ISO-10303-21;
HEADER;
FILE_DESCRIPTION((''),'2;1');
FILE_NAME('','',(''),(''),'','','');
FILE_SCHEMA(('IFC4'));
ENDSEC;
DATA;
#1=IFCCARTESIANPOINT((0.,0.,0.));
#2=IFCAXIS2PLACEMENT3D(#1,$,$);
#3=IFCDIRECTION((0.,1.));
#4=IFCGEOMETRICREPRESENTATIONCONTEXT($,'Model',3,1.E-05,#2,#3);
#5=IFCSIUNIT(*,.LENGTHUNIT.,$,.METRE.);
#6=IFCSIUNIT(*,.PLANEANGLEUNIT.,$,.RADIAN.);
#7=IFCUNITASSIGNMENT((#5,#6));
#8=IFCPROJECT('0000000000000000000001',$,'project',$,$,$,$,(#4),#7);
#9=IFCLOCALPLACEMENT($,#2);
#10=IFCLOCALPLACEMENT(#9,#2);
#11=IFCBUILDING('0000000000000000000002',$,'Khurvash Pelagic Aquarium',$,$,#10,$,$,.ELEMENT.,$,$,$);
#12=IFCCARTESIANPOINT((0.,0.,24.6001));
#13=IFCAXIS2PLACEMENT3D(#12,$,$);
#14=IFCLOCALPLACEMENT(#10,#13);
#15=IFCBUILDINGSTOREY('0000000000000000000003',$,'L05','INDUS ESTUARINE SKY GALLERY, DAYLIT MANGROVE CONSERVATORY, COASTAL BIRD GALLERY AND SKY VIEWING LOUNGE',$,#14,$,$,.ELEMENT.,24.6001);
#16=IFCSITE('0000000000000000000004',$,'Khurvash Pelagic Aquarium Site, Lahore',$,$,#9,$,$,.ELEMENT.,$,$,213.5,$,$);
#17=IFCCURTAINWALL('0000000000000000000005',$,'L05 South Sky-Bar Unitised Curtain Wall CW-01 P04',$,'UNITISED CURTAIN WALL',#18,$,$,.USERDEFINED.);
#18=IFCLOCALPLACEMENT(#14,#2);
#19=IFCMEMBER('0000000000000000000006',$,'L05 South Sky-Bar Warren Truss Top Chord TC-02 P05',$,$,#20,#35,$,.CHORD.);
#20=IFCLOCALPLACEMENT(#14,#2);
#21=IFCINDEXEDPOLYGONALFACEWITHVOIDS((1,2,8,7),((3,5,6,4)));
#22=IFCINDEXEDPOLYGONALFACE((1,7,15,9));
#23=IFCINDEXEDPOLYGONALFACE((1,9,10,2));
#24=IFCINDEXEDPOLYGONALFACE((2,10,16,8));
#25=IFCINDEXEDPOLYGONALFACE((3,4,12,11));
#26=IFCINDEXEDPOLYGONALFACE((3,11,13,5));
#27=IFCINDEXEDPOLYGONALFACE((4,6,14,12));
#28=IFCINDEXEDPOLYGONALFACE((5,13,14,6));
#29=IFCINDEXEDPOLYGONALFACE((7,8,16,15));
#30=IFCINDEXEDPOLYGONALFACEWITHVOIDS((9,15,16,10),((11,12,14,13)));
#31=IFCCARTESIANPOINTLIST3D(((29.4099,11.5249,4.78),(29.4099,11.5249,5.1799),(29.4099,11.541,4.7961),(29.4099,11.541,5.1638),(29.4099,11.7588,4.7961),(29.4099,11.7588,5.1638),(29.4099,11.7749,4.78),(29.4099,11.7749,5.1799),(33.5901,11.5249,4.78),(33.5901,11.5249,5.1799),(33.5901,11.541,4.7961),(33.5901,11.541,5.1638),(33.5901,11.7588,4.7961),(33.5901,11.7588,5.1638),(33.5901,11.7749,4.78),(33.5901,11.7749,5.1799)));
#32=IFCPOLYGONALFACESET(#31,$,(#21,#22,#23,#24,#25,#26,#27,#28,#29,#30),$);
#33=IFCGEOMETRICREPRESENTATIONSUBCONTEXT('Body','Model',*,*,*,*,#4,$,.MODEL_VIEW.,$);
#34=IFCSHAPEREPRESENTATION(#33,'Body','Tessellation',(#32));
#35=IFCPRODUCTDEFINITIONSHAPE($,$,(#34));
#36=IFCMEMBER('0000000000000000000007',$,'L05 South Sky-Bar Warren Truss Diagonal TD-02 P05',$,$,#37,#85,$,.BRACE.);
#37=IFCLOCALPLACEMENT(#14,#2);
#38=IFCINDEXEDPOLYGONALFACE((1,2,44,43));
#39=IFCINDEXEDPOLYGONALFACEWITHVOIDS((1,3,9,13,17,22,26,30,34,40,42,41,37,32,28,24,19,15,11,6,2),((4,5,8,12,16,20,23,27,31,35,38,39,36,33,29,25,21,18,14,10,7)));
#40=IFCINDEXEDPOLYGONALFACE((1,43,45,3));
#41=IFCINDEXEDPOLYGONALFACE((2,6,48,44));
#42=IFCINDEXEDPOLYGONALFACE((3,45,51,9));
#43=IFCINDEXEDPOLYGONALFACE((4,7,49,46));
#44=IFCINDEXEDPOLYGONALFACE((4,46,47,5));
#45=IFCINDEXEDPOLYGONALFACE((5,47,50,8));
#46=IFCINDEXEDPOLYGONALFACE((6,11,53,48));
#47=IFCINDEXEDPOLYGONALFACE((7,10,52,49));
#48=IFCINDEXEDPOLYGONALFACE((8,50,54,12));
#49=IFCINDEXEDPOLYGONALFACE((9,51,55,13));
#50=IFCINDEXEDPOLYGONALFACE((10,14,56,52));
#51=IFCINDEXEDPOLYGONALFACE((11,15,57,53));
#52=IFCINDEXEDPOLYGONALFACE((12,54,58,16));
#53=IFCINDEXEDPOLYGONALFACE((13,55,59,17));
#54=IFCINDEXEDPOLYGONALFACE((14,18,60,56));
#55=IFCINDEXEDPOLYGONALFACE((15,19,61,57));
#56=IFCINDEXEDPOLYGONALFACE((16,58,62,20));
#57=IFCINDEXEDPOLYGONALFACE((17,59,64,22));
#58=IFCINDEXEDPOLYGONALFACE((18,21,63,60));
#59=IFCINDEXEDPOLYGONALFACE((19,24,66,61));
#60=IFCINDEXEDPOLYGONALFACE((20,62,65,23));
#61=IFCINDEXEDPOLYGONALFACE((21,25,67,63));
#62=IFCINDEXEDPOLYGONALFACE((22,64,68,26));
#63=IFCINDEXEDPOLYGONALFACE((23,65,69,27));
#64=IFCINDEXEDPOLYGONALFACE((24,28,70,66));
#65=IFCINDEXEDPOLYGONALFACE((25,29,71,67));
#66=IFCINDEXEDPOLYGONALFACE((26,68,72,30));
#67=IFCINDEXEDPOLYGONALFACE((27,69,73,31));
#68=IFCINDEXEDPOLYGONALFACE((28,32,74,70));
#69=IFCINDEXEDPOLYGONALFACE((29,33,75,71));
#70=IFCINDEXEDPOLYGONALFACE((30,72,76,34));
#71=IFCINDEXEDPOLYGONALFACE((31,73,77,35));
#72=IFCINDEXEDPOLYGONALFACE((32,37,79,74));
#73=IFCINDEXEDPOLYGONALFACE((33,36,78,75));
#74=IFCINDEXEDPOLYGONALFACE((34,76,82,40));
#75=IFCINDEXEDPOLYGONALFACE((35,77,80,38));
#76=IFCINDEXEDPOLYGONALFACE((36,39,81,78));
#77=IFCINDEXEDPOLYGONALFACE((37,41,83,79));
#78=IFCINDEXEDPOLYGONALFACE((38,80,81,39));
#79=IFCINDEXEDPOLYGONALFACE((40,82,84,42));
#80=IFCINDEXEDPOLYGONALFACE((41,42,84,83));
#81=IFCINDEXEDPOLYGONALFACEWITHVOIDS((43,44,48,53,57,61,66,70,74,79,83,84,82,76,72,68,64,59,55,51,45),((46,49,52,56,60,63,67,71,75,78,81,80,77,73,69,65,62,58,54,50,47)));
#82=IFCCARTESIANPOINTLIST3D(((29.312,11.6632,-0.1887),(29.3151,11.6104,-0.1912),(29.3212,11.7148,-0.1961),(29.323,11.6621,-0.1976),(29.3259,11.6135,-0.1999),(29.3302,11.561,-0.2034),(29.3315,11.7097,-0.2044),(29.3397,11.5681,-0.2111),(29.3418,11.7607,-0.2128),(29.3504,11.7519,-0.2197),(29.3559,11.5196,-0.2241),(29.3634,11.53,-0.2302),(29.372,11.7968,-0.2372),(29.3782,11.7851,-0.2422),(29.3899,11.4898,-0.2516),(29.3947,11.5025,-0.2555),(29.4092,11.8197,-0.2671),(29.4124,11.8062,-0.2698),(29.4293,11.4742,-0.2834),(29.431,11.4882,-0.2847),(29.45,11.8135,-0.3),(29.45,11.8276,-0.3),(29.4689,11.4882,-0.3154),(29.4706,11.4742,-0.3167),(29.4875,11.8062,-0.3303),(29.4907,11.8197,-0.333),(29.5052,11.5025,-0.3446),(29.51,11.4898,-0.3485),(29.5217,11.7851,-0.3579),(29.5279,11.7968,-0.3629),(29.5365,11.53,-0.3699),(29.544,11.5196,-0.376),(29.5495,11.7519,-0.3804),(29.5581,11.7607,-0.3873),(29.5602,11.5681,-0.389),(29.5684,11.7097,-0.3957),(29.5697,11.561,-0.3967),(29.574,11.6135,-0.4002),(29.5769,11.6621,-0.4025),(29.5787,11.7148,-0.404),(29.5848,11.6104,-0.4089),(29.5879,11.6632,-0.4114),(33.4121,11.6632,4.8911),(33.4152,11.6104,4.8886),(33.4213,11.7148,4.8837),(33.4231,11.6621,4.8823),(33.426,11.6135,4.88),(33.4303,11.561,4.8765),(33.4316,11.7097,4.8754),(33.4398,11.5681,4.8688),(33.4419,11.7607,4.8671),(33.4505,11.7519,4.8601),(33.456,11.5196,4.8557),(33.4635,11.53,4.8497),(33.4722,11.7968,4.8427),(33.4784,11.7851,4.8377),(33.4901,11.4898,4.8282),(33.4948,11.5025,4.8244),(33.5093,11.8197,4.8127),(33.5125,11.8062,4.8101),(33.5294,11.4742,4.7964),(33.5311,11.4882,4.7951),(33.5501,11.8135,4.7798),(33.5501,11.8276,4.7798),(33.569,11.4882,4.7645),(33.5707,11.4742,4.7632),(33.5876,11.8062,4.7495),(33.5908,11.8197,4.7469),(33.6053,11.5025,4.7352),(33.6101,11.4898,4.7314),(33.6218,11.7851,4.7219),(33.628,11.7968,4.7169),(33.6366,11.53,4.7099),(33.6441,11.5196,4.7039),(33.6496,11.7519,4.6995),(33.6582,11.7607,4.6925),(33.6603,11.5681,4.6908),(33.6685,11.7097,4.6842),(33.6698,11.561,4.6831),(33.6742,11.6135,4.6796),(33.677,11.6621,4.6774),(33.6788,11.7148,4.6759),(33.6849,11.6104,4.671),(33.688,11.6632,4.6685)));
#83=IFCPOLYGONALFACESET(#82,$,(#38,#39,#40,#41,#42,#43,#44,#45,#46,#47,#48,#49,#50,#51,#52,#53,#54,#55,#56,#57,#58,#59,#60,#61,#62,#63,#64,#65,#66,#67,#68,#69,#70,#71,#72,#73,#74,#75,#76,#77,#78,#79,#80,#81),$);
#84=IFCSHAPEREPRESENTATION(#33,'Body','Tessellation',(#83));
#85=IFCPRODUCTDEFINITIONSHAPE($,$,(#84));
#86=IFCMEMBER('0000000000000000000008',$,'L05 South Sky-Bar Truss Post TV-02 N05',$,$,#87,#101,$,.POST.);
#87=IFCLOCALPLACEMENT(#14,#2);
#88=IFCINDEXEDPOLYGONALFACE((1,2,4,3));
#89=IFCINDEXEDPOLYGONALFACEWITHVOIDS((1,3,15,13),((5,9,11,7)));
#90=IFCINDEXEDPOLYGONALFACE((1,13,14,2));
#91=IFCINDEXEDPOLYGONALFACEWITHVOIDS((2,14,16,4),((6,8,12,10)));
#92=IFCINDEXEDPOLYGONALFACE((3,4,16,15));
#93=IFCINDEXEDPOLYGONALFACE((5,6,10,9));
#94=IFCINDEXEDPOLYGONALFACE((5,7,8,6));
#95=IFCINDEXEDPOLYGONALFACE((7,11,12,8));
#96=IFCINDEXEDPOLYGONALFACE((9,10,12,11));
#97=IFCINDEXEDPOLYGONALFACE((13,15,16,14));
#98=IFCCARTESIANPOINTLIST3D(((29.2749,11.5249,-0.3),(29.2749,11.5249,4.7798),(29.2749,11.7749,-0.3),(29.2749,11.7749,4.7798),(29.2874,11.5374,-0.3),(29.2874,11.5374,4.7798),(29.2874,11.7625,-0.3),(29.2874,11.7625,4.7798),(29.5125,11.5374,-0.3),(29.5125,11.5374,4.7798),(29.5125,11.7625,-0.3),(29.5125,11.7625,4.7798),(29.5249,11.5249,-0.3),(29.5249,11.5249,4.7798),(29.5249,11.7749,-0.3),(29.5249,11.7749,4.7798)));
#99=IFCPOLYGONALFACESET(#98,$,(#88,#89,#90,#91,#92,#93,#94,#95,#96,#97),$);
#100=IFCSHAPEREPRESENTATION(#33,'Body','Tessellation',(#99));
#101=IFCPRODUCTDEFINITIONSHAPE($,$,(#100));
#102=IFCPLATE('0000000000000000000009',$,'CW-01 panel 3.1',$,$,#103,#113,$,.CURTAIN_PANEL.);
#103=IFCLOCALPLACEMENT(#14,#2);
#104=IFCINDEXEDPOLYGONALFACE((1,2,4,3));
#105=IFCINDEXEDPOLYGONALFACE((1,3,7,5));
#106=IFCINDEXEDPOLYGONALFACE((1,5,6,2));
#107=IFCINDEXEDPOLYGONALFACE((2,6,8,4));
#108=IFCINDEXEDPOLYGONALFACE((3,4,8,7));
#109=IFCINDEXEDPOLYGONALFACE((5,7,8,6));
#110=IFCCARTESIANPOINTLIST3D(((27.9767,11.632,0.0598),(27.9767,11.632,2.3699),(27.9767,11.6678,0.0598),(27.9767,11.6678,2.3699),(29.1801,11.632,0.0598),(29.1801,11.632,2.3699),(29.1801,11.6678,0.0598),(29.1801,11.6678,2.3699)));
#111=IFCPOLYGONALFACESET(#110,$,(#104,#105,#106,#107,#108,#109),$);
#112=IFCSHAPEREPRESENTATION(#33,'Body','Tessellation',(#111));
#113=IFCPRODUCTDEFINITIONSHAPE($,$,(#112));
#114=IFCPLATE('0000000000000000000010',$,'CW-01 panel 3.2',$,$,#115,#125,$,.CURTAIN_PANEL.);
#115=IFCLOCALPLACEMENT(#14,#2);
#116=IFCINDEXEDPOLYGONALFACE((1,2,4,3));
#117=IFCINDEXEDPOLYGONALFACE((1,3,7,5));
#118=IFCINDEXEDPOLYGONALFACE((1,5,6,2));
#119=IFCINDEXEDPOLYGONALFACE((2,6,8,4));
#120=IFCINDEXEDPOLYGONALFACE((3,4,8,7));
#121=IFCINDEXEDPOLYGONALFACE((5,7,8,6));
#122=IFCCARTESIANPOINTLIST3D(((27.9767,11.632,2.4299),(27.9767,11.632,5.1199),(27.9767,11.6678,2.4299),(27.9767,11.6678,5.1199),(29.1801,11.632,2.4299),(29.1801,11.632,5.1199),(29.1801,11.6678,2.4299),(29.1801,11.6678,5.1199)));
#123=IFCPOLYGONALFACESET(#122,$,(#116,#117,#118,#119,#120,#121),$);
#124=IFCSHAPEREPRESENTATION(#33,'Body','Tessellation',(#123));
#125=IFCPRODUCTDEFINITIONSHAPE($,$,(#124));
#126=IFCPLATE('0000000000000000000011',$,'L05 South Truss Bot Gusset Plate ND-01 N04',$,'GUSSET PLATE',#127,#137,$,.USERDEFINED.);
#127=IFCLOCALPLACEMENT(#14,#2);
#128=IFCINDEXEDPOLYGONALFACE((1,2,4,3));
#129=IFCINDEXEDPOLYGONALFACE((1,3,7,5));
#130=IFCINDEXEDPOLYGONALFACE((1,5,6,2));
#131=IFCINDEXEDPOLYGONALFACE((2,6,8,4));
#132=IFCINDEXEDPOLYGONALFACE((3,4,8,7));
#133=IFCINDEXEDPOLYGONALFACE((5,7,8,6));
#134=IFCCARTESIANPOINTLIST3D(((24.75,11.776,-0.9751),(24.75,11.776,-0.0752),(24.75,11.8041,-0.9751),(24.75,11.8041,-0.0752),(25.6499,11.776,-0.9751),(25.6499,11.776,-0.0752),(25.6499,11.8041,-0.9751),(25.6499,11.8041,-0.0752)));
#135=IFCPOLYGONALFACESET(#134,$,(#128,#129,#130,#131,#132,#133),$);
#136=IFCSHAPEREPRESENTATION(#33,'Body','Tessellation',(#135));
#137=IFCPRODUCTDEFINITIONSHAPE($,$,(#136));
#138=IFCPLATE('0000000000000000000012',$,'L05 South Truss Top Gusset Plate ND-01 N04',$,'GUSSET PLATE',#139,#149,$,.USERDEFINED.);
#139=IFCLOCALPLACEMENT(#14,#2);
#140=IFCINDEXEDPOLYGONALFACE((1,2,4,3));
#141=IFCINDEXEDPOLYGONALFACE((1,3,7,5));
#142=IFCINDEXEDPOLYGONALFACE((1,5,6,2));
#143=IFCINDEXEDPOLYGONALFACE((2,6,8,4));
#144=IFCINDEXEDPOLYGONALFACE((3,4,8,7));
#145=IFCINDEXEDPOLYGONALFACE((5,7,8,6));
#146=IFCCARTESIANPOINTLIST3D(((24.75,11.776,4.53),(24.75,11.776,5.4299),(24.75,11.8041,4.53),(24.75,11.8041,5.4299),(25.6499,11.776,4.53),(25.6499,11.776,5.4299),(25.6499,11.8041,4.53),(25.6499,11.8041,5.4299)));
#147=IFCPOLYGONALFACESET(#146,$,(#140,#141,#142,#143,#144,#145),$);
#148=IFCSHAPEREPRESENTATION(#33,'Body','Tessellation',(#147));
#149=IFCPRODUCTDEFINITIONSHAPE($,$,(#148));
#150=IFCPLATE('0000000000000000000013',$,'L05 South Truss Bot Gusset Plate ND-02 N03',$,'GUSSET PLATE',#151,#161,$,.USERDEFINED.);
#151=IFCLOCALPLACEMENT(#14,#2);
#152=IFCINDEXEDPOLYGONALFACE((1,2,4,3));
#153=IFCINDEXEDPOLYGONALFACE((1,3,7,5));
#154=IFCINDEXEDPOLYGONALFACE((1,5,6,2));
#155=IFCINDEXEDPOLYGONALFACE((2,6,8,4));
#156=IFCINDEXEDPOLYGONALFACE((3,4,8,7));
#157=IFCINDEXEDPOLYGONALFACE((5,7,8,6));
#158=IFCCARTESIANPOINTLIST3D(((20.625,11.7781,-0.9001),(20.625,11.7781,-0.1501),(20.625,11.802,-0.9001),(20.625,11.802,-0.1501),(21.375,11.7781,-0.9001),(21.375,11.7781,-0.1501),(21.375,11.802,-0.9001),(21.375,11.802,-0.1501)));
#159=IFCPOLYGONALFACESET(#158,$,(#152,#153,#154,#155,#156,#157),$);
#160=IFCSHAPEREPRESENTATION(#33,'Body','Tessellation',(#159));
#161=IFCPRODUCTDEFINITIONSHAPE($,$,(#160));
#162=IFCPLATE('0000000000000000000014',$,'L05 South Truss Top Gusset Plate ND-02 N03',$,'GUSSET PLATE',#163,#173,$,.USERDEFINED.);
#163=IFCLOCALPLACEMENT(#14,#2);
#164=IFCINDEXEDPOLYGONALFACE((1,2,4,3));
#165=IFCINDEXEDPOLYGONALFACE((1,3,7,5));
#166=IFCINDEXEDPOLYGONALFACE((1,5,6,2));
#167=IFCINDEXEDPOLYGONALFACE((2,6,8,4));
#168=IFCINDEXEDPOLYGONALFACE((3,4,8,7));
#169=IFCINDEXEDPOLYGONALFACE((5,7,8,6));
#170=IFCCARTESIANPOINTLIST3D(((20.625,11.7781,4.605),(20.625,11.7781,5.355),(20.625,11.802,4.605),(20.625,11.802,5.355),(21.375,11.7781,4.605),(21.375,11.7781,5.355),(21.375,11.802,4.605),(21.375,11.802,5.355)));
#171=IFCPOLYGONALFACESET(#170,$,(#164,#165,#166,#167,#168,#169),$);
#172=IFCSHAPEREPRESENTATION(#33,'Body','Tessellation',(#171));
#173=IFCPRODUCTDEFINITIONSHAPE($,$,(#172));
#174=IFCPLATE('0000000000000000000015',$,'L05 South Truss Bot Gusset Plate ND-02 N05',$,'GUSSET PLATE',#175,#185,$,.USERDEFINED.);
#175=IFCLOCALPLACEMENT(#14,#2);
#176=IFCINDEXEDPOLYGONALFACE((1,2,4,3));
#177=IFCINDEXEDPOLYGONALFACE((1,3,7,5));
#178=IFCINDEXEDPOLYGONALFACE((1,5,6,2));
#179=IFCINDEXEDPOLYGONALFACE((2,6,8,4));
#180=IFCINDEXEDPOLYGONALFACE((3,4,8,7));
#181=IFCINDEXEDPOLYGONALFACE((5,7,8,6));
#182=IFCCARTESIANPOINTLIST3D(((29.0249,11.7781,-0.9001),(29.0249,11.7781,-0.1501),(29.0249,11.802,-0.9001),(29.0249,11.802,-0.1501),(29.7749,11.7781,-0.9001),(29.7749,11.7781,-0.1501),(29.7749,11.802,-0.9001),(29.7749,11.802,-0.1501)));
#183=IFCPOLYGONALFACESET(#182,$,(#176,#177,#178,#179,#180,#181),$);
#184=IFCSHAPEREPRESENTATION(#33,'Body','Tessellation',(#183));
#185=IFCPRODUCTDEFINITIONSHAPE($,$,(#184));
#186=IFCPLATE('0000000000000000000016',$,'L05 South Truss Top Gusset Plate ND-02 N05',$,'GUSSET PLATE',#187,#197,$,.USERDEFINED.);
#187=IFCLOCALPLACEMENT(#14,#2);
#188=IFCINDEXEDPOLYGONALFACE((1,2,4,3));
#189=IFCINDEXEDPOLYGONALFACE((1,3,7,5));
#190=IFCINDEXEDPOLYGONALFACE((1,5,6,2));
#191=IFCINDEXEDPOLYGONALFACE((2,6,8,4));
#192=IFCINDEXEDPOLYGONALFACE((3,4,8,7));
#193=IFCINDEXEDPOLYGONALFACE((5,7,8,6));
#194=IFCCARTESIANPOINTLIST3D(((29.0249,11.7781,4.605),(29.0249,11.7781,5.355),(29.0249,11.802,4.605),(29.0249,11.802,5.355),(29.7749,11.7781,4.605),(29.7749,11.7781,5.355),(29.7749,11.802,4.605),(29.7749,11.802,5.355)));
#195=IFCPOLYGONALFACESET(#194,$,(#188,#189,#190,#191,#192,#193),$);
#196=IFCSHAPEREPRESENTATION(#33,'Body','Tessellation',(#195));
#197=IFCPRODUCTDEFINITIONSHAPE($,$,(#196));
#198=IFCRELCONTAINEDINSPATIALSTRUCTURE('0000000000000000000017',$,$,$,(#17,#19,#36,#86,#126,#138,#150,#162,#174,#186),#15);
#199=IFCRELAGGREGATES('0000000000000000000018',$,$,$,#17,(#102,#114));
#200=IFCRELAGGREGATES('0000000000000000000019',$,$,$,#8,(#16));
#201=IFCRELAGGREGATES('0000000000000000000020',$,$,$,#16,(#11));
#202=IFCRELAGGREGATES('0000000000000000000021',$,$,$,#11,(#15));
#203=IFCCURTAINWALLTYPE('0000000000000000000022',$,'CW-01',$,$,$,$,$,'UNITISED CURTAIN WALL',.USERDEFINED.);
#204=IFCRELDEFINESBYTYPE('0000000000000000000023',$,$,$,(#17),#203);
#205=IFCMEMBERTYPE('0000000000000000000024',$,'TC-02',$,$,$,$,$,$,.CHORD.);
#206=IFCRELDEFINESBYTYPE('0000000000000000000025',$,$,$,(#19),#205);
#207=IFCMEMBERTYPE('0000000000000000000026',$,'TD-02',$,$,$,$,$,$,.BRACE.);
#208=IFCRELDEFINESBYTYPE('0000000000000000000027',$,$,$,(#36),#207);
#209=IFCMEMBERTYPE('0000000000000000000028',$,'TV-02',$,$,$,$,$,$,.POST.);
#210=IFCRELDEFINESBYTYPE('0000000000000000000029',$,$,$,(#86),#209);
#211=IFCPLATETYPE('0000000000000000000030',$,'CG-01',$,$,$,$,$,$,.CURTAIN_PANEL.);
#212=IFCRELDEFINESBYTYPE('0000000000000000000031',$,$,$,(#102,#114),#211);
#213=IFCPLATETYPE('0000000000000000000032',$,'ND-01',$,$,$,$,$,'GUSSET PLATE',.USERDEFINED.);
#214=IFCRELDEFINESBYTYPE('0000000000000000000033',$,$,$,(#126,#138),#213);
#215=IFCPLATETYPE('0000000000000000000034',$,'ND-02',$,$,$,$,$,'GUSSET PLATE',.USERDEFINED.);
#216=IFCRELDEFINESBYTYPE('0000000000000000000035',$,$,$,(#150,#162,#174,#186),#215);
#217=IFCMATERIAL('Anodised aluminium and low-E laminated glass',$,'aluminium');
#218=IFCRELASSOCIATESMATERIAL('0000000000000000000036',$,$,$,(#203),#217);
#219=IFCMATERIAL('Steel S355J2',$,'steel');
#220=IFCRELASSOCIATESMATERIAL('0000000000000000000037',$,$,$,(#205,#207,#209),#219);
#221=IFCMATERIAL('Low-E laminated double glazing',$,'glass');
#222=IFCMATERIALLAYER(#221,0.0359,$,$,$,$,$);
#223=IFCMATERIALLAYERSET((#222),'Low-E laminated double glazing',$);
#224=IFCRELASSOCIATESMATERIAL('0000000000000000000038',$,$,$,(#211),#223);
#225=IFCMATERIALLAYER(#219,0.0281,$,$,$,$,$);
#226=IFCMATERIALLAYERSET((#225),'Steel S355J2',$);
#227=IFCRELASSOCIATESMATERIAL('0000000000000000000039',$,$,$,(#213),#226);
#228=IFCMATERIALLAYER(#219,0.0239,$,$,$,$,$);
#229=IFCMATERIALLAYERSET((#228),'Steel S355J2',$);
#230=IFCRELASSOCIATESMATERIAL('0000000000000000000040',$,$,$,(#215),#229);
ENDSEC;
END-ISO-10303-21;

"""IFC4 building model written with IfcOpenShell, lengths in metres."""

from ifc_helpers import new_model, si_unit, direction, frame, origin, origin_2d, place, context, subcontext, project, spatial, rectangle, hollow_rectangle, hollow_circle, extrude, material, layer, layer_set, material_profile, profile_set, type_object, element, aggregate, save


model = new_model("IFC4")

# Units and contexts
model_context = context("Model", 3, precision=1e-05, world=origin(), true_north=direction((0.0, 1.0)))
body_context = subcontext(model_context, "Body", "Model", "MODEL_VIEW")
ifc_project = project(units=[si_unit("LENGTHUNIT", "METRE"), si_unit("PLANEANGLEUNIT", "RADIAN")], contexts=[model_context])

# Site, building, storey
site_placement = place(None, origin())
site = spatial("IfcSite", under=ifc_project, at=site_placement, Name="Khurvash Pelagic Aquarium Site, Lahore", CompositionType="ELEMENT", RefElevation=213.5)
building_placement = place(site_placement, origin())
building = spatial("IfcBuilding", under=site, at=building_placement, Name="Khurvash Pelagic Aquarium", CompositionType="ELEMENT")
storey_placement = place(building_placement, frame((0.0, 0.0, 24.6001)))
storey = spatial("IfcBuildingStorey", under=building, at=storey_placement, Name="L05", Description="INDUS ESTUARINE SKY GALLERY, DAYLIT MANGROVE CONSERVATORY, COASTAL BIRD GALLERY AND SKY VIEWING LOUNGE", CompositionType="ELEMENT", Elevation=24.6001)

# Curtain wall
ifc_material_1 = material(Name="Anodised aluminium and low-E laminated glass", Category="aluminium")
curtain_wall_type = type_object("IfcCurtainWallType", Name="CW-01", ElementType="UNITISED CURTAIN WALL", PredefinedType="USERDEFINED", material=ifc_material_1)
curtain_wall_1_placement = place(storey_placement, origin())
curtain_wall_1 = element("IfcCurtainWall", 1, at=curtain_wall_1_placement, inside=storey, type_object=curtain_wall_type, Name="L05 South Sky-Bar Unitised Curtain Wall CW-01 P04", ObjectType="UNITISED CURTAIN WALL", PredefinedType="USERDEFINED")

# Members
ifc_material_2 = material(Name="Steel S355J2", Category="steel")
ifc_material_profile_1 = material_profile(ifc_material_2, hollow_rectangle(XDim=0.25, YDim=0.3999, WallThickness=0.0161, at=origin_2d()), Name="RHS400X250X16")
ifc_profile_set_1 = profile_set([ifc_material_profile_1], Name="Steel S355J2")
member_type_1 = type_object("IfcMemberType", Name="TC-02", PredefinedType="CHORD", material=ifc_profile_set_1)
member_1_placement = place(storey_placement, frame((29.4099, 11.6499, 4.98), z_axis=(1.0, 0.0, 0.0), x_axis=(0.0, 1.0, 0.0)))
element("IfcMember", 2, at=member_1_placement, inside=storey, type_object=member_type_1, Name="L05 South Sky-Bar Warren Truss Top Chord TC-02 P05", PredefinedType="CHORD", context=body_context, shape_type="SweptSolid", body=[
    extrude(hollow_rectangle(XDim=0.25, YDim=0.3999, WallThickness=0.0161, at=origin_2d()), origin(), (0.0, 0.0, 1.0), 4.1802),
])
ifc_material_profile_2 = material_profile(ifc_material_2, hollow_circle(Radius=0.1777, WallThickness=0.0142, at=origin_2d()), Name="CHS355X14")
ifc_profile_set_2 = profile_set([ifc_material_profile_2], Name="Steel S355J2")
member_type_2 = type_object("IfcMemberType", Name="TD-02", PredefinedType="BRACE", material=ifc_profile_set_2)
member_2_placement = place(storey_placement, frame((29.45, 11.6499, -0.3), z_axis=(0.628073, 0.0, 0.778154), x_axis=(0.0, 1.0, 0.0)))
element("IfcMember", 3, at=member_2_placement, inside=storey, type_object=member_type_2, Name="L05 South Sky-Bar Warren Truss Diagonal TD-02 P05", PredefinedType="BRACE", context=body_context, shape_type="SweptSolid", body=[
    extrude(hollow_circle(Radius=0.1777, WallThickness=0.0142, at=origin_2d()), origin(), (0.0, 0.0, 1.0), 6.5281),
])
ifc_material_profile_3 = material_profile(ifc_material_2, hollow_rectangle(XDim=0.25, YDim=0.25, WallThickness=0.0125, at=origin_2d()), Name="SHS250X250X12")
ifc_profile_set_3 = profile_set([ifc_material_profile_3], Name="Steel S355J2")
member_type_3 = type_object("IfcMemberType", Name="TV-02", PredefinedType="POST", material=ifc_profile_set_3)
member_3_placement = place(storey_placement, frame((29.3999, 11.6499, -0.3), z_axis=(0.0, 0.0, 1.0), x_axis=(1.0, 0.0, 0.0)))
element("IfcMember", 4, at=member_3_placement, inside=storey, type_object=member_type_3, Name="L05 South Sky-Bar Truss Post TV-02 N05", PredefinedType="POST", context=body_context, shape_type="SweptSolid", body=[
    extrude(hollow_rectangle(XDim=0.25, YDim=0.25, WallThickness=0.0125, at=origin_2d()), origin(), (0.0, 0.0, 1.0), 5.0798),
])

# Plates
ifc_material_3 = material(Name="Low-E laminated double glazing", Category="glass")
ifc_layer_1 = layer(ifc_material_3, 0.0359)
ifc_layer_set_1 = layer_set([ifc_layer_1], Name="Low-E laminated double glazing")
plate_type_1 = type_object("IfcPlateType", Name="CG-01", PredefinedType="CURTAIN_PANEL", material=ifc_layer_set_1)
plate_1_placement = place(storey_placement, frame((28.5784, 11.6499, 0.0598), z_axis=(0.0, 0.0, 1.0), x_axis=(1.0, 0.0, 0.0)))
plate_1 = element("IfcPlate", 5, at=plate_1_placement, type_object=plate_type_1, Name="CW-01 panel 3.1", PredefinedType="CURTAIN_PANEL", context=body_context, shape_type="SweptSolid", body=[
    extrude(rectangle(XDim=1.2034, YDim=0.0359, at=origin_2d()), origin(), (0.0, 0.0, 1.0), 2.3101),
])
plate_2_placement = place(storey_placement, frame((28.5784, 11.6499, 2.4299), z_axis=(0.0, 0.0, 1.0), x_axis=(1.0, 0.0, 0.0)))
plate_2 = element("IfcPlate", 6, at=plate_2_placement, type_object=plate_type_1, Name="CW-01 panel 3.2", PredefinedType="CURTAIN_PANEL", context=body_context, shape_type="SweptSolid", body=[
    extrude(rectangle(XDim=1.2034, YDim=0.0359, at=origin_2d()), origin(), (0.0, 0.0, 1.0), 2.6899),
])
aggregate(curtain_wall_1, [plate_1, plate_2])

# Plates
ifc_layer_2 = layer(ifc_material_2, 0.0281)
ifc_layer_set_2 = layer_set([ifc_layer_2], Name="Steel S355J2")
plate_type_2 = type_object("IfcPlateType", Name="ND-01", ElementType="GUSSET PLATE", PredefinedType="USERDEFINED", material=ifc_layer_set_2)
for number, where, z_axis, x_axis, name in (
    (7, (25.2, 11.79, -0.9751), (0.0, 0.0, 1.0), (1.0, 0.0, 0.0), "L05 South Truss Bot Gusset Plate ND-01 N04"),
    (8, (25.2, 11.79, 4.53), (0.0, 0.0, 1.0), (1.0, 0.0, 0.0), "L05 South Truss Top Gusset Plate ND-01 N04"),
):
    element("IfcPlate", number, at=place(storey_placement, frame(where, z_axis=z_axis, x_axis=x_axis)), inside=storey, type_object=plate_type_2, Name=name, ObjectType="GUSSET PLATE", PredefinedType="USERDEFINED", context=body_context, shape_type="SweptSolid", body=[
        extrude(rectangle(XDim=0.8999, YDim=0.0281, at=origin_2d()), origin(), (0.0, 0.0, 1.0), 0.8999),
    ])
ifc_layer_3 = layer(ifc_material_2, 0.0239)
ifc_layer_set_3 = layer_set([ifc_layer_3], Name="Steel S355J2")
plate_type_3 = type_object("IfcPlateType", Name="ND-02", ElementType="GUSSET PLATE", PredefinedType="USERDEFINED", material=ifc_layer_set_3)
for number, where, z_axis, x_axis, name in (
    (9, (21.0, 11.79, -0.9001), (0.0, 0.0, 1.0), (1.0, 0.0, 0.0), "L05 South Truss Bot Gusset Plate ND-02 N03"),
    (10, (21.0, 11.79, 4.605), (0.0, 0.0, 1.0), (1.0, 0.0, 0.0), "L05 South Truss Top Gusset Plate ND-02 N03"),
    (11, (29.3999, 11.79, -0.9001), (0.0, 0.0, 1.0), (1.0, 0.0, 0.0), "L05 South Truss Bot Gusset Plate ND-02 N05"),
    (12, (29.3999, 11.79, 4.605), (0.0, 0.0, 1.0), (1.0, 0.0, 0.0), "L05 South Truss Top Gusset Plate ND-02 N05"),
):
    element("IfcPlate", number, at=place(storey_placement, frame(where, z_axis=z_axis, x_axis=x_axis)), inside=storey, type_object=plate_type_3, Name=name, ObjectType="GUSSET PLATE", PredefinedType="USERDEFINED", context=body_context, shape_type="SweptSolid", body=[
        extrude(rectangle(XDim=0.75, YDim=0.0239, at=origin_2d()), origin(), (0.0, 0.0, 1.0), 0.75),
    ])

save(model, "model.ifc")
